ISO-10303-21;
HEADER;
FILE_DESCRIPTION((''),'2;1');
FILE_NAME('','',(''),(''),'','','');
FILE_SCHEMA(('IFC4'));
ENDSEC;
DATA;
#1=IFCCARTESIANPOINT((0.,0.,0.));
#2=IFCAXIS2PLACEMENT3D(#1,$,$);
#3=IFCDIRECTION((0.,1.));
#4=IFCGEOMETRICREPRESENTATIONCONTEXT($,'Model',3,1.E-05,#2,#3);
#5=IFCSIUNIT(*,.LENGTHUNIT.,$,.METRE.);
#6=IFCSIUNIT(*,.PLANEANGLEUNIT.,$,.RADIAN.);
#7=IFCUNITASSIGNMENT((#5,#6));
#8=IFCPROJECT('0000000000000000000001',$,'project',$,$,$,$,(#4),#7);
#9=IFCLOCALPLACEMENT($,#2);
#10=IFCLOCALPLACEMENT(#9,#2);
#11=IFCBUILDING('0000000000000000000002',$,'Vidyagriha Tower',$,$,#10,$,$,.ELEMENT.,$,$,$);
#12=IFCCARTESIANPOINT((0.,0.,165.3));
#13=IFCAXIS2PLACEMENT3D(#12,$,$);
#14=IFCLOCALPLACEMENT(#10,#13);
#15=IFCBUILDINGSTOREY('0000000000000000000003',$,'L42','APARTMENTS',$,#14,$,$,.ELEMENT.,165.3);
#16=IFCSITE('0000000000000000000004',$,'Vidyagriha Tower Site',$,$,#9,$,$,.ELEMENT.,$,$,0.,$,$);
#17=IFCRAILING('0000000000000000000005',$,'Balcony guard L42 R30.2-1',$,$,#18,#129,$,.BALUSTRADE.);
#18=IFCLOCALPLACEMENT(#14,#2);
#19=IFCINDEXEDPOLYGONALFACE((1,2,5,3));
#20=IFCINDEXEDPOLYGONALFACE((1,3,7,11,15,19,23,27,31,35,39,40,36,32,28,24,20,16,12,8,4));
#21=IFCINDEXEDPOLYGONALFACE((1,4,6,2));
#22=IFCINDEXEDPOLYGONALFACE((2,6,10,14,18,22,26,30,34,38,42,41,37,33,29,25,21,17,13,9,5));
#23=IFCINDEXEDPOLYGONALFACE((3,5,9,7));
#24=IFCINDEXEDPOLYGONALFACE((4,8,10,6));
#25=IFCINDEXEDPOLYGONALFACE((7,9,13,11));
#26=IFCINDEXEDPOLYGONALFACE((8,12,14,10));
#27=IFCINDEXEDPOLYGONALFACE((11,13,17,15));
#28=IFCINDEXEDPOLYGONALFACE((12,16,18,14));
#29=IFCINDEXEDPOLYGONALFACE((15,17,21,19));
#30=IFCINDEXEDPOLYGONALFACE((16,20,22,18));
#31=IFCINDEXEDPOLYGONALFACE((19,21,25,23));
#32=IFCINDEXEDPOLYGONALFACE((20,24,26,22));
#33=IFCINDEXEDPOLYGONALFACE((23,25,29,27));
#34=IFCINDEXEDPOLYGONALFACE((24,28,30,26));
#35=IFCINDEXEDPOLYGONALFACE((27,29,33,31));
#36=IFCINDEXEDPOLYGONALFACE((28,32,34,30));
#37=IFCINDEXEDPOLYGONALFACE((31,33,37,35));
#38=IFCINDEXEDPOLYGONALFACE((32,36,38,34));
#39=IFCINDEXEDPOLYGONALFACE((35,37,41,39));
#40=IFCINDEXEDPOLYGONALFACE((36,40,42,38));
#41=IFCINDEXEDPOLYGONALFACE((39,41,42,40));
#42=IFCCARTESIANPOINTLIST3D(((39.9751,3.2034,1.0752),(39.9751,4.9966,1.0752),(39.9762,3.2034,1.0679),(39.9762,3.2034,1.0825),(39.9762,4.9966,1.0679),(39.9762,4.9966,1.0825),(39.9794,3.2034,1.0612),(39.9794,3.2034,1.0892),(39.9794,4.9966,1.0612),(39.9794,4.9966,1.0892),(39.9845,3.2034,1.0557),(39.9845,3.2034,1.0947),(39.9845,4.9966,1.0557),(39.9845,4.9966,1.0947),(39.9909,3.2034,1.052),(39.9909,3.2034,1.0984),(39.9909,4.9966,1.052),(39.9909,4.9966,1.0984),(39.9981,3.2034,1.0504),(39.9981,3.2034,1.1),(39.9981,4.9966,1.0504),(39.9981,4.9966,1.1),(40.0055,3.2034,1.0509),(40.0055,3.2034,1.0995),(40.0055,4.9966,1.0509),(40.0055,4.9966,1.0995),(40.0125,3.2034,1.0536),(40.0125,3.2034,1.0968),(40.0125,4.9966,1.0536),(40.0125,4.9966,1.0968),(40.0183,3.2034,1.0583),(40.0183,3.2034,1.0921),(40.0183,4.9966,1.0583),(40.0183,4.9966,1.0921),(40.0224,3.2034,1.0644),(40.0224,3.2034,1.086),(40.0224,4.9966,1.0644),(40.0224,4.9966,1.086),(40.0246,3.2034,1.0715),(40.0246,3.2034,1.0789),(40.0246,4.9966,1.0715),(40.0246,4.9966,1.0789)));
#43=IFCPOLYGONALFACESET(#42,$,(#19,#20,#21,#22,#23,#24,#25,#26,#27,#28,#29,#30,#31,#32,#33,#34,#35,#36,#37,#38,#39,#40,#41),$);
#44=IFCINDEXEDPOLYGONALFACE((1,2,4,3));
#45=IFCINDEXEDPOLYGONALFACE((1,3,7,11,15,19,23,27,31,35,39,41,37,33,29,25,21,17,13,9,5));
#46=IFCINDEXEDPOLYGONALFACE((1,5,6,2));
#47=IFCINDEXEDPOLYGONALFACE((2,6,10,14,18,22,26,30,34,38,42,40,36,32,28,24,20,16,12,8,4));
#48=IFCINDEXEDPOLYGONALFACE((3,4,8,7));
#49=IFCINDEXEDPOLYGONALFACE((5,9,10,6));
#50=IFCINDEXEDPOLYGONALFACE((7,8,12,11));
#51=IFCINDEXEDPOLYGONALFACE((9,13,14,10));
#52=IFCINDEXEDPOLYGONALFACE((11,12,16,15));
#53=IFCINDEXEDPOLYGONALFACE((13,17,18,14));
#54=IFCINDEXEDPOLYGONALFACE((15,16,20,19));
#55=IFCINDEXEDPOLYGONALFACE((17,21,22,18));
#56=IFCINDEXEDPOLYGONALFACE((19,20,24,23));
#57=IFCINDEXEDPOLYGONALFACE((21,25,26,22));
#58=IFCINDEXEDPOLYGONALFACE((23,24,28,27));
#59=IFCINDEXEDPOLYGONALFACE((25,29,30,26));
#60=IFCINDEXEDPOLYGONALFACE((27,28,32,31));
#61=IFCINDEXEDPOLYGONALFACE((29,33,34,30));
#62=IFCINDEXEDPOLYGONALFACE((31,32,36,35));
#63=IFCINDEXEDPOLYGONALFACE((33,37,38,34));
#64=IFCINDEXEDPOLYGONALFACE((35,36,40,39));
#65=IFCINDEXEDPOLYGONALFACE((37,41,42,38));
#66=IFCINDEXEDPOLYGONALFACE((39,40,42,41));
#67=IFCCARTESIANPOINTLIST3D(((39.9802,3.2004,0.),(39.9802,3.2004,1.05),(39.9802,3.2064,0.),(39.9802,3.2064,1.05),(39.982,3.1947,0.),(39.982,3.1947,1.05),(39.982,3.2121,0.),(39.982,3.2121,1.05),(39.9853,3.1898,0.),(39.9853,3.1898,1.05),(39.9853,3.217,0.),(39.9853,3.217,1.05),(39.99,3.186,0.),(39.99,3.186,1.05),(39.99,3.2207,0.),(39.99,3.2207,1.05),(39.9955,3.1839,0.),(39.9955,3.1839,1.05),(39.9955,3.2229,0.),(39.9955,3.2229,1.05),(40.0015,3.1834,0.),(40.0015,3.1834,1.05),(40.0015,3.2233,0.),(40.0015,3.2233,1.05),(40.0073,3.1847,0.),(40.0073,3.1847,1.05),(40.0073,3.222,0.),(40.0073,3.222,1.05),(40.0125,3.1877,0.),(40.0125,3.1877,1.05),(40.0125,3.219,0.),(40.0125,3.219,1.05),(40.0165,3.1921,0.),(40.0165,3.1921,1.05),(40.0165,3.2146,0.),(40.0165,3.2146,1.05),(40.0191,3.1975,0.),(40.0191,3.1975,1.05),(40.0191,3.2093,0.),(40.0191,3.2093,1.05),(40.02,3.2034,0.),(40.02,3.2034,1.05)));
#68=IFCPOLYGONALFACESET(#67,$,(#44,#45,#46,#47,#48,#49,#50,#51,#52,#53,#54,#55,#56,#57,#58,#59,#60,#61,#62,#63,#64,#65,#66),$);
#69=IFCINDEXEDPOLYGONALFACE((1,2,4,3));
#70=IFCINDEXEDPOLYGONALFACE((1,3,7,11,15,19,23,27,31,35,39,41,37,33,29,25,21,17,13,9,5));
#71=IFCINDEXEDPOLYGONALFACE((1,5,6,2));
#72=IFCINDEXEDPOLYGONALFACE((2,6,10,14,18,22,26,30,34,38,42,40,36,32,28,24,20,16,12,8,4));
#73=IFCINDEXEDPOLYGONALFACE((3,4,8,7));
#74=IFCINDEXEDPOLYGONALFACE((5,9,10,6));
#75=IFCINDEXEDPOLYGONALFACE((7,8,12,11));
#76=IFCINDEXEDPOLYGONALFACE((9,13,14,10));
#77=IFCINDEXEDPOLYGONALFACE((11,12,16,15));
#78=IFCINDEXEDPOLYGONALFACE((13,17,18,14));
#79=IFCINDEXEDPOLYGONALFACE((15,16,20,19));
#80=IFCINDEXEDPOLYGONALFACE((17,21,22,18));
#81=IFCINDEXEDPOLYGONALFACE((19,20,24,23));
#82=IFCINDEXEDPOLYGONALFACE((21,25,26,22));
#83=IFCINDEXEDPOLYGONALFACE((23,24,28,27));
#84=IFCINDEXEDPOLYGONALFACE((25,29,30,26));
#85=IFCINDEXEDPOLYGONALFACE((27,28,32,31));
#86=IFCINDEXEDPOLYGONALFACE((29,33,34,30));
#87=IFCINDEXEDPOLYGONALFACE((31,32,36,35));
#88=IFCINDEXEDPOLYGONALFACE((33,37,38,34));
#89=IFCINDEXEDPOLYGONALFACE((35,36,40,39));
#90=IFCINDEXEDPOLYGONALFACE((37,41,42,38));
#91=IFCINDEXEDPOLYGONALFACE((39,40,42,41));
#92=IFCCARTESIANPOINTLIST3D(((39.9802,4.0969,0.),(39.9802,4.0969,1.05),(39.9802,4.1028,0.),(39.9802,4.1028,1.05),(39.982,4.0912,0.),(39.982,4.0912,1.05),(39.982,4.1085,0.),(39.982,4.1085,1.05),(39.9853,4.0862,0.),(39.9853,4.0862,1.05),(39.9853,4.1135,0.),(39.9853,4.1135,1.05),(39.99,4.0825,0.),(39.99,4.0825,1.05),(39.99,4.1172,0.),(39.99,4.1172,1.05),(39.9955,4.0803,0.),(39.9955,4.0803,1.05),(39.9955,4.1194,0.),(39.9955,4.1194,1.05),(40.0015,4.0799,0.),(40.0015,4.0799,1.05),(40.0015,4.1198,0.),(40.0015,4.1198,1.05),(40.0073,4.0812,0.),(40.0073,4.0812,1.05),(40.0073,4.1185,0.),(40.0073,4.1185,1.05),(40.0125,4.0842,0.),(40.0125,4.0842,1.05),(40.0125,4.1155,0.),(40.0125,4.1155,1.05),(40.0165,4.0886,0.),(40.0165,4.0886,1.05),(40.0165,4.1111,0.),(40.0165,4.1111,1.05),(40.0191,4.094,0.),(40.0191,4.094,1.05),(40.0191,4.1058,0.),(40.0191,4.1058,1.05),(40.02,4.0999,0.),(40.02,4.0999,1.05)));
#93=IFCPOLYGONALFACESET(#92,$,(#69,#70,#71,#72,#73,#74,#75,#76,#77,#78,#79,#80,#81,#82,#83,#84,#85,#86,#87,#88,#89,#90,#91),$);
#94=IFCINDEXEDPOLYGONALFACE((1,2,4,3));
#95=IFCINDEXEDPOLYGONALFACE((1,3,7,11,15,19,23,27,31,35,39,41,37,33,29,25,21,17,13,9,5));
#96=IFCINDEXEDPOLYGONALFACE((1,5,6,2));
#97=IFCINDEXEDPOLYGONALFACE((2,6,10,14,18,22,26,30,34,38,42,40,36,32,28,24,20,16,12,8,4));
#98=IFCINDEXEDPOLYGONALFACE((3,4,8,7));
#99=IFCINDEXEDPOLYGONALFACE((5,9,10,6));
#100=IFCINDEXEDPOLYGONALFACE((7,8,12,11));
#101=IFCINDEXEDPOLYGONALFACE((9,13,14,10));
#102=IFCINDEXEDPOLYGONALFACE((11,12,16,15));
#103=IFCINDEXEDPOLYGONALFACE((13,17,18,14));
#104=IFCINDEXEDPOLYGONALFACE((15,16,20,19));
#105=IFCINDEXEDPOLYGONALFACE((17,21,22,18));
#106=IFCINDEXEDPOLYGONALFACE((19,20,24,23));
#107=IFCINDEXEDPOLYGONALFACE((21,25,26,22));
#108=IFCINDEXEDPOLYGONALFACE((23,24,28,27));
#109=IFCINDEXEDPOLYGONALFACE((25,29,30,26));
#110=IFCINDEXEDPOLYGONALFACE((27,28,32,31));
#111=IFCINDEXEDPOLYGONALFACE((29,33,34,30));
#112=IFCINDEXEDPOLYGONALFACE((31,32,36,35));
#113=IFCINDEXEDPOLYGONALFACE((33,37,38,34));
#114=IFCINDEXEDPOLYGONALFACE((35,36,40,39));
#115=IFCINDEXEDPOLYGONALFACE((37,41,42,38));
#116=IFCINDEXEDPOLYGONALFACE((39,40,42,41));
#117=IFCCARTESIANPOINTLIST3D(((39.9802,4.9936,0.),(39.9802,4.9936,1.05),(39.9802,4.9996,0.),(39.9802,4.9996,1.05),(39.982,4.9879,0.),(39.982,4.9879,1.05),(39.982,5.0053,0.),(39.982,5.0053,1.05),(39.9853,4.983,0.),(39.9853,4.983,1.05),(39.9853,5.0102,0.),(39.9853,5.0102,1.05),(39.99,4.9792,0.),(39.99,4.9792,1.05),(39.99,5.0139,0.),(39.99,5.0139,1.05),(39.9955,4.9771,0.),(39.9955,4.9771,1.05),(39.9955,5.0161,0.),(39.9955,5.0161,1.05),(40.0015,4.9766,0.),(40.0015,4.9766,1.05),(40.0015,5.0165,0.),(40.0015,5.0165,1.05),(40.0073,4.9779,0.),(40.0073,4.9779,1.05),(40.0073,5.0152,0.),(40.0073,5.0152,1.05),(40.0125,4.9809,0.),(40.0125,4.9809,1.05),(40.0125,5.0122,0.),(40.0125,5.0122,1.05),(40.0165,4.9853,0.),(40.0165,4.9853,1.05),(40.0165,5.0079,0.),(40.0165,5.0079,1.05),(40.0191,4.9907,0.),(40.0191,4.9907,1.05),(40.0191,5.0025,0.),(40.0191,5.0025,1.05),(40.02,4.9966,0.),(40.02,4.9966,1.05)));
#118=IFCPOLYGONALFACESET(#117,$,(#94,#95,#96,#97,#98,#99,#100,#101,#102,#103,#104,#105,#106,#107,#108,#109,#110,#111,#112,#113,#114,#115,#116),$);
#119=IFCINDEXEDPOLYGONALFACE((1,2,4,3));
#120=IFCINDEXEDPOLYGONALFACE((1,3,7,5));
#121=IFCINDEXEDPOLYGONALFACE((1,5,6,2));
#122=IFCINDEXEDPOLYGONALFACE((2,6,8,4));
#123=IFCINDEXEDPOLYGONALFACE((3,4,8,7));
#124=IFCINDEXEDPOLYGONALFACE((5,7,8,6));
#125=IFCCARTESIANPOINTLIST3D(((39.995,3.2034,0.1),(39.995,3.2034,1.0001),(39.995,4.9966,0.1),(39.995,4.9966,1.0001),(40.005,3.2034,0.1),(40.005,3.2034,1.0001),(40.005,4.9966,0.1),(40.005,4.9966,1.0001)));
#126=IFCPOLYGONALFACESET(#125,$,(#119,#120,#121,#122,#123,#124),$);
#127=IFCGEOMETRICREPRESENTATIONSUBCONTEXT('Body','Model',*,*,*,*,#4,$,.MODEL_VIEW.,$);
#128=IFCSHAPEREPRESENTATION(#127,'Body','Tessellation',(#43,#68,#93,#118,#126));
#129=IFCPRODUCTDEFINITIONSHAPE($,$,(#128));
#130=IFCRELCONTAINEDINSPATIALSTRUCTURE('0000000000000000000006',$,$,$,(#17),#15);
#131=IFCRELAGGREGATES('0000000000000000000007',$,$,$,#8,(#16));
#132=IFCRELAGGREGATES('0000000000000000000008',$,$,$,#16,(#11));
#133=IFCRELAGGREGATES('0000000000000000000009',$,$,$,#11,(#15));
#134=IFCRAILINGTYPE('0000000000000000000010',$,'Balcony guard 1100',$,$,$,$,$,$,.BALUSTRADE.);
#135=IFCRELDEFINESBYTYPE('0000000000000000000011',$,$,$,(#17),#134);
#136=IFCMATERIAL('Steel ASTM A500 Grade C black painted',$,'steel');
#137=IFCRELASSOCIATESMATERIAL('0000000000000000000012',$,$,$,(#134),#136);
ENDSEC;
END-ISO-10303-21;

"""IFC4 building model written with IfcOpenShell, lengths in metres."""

from ifc_helpers import new_model, si_unit, direction, frame, origin, origin_2d, place, context, subcontext, project, spatial, rectangle, circle, extrude, material, type_object, element, save


model = new_model("IFC4")

# Units and contexts
model_context = context("Model", 3, precision=1e-05, world=origin(), true_north=direction((0.0, 1.0)))
body_context = subcontext(model_context, "Body", "Model", "MODEL_VIEW")
ifc_project = project(units=[si_unit("LENGTHUNIT", "METRE"), si_unit("PLANEANGLEUNIT", "RADIAN")], contexts=[model_context])

# Site, building, storey
site_placement = place(None, origin())
site = spatial("IfcSite", under=ifc_project, at=site_placement, Name="Vidyagriha Tower Site", CompositionType="ELEMENT", RefElevation=0.0)
building_placement = place(site_placement, origin())
building = spatial("IfcBuilding", under=site, at=building_placement, Name="Vidyagriha Tower", CompositionType="ELEMENT")
storey_placement = place(building_placement, frame((0.0, 0.0, 165.3)))
storey = spatial("IfcBuildingStorey", under=building, at=storey_placement, Name="L42", Description="APARTMENTS", CompositionType="ELEMENT", Elevation=165.3)

# Railing
ifc_material_1 = material(Name="Steel ASTM A500 Grade C black painted", Category="steel")
railing_type_1 = type_object("IfcRailingType", Name="Balcony guard 1100", PredefinedType="BALUSTRADE", material=ifc_material_1)
railing_1_placement = place(storey_placement, frame((40.0, 3.2034, 0.0)))
element("IfcRailing", 1, at=railing_1_placement, inside=storey, type_object=railing_type_1, Name="Balcony guard L42 R30.2-1", PredefinedType="BALUSTRADE", context=body_context, shape_type="SweptSolid", body=[
    extrude(circle(Radius=0.0249, at=origin_2d()), frame((0.0, 0.0, 1.0752), z_axis=(0.0, 1.0, 0.0), x_axis=(-1.0, 0.0, 0.0)), (0.0, 0.0, 1.0), 1.7932),
    extrude(circle(Radius=0.02, at=origin_2d()), origin(), (0.0, 0.0, 1.0), 1.05),
    extrude(circle(Radius=0.02, at=origin_2d()), frame((0.0, 0.8965, 0.0)), (0.0, 0.0, 1.0), 1.05),
    extrude(circle(Radius=0.02, at=origin_2d()), frame((0.0, 1.7932, 0.0)), (0.0, 0.0, 1.0), 1.05),
    extrude(rectangle(XDim=0.01, YDim=0.9001, at=origin_2d()), frame((0.0, 0.0, 0.55), z_axis=(0.0, 1.0, 0.0), x_axis=(-1.0, 0.0, 0.0)), (0.0, 0.0, 1.0), 1.7932),
])

save(model, "model.ifc")
